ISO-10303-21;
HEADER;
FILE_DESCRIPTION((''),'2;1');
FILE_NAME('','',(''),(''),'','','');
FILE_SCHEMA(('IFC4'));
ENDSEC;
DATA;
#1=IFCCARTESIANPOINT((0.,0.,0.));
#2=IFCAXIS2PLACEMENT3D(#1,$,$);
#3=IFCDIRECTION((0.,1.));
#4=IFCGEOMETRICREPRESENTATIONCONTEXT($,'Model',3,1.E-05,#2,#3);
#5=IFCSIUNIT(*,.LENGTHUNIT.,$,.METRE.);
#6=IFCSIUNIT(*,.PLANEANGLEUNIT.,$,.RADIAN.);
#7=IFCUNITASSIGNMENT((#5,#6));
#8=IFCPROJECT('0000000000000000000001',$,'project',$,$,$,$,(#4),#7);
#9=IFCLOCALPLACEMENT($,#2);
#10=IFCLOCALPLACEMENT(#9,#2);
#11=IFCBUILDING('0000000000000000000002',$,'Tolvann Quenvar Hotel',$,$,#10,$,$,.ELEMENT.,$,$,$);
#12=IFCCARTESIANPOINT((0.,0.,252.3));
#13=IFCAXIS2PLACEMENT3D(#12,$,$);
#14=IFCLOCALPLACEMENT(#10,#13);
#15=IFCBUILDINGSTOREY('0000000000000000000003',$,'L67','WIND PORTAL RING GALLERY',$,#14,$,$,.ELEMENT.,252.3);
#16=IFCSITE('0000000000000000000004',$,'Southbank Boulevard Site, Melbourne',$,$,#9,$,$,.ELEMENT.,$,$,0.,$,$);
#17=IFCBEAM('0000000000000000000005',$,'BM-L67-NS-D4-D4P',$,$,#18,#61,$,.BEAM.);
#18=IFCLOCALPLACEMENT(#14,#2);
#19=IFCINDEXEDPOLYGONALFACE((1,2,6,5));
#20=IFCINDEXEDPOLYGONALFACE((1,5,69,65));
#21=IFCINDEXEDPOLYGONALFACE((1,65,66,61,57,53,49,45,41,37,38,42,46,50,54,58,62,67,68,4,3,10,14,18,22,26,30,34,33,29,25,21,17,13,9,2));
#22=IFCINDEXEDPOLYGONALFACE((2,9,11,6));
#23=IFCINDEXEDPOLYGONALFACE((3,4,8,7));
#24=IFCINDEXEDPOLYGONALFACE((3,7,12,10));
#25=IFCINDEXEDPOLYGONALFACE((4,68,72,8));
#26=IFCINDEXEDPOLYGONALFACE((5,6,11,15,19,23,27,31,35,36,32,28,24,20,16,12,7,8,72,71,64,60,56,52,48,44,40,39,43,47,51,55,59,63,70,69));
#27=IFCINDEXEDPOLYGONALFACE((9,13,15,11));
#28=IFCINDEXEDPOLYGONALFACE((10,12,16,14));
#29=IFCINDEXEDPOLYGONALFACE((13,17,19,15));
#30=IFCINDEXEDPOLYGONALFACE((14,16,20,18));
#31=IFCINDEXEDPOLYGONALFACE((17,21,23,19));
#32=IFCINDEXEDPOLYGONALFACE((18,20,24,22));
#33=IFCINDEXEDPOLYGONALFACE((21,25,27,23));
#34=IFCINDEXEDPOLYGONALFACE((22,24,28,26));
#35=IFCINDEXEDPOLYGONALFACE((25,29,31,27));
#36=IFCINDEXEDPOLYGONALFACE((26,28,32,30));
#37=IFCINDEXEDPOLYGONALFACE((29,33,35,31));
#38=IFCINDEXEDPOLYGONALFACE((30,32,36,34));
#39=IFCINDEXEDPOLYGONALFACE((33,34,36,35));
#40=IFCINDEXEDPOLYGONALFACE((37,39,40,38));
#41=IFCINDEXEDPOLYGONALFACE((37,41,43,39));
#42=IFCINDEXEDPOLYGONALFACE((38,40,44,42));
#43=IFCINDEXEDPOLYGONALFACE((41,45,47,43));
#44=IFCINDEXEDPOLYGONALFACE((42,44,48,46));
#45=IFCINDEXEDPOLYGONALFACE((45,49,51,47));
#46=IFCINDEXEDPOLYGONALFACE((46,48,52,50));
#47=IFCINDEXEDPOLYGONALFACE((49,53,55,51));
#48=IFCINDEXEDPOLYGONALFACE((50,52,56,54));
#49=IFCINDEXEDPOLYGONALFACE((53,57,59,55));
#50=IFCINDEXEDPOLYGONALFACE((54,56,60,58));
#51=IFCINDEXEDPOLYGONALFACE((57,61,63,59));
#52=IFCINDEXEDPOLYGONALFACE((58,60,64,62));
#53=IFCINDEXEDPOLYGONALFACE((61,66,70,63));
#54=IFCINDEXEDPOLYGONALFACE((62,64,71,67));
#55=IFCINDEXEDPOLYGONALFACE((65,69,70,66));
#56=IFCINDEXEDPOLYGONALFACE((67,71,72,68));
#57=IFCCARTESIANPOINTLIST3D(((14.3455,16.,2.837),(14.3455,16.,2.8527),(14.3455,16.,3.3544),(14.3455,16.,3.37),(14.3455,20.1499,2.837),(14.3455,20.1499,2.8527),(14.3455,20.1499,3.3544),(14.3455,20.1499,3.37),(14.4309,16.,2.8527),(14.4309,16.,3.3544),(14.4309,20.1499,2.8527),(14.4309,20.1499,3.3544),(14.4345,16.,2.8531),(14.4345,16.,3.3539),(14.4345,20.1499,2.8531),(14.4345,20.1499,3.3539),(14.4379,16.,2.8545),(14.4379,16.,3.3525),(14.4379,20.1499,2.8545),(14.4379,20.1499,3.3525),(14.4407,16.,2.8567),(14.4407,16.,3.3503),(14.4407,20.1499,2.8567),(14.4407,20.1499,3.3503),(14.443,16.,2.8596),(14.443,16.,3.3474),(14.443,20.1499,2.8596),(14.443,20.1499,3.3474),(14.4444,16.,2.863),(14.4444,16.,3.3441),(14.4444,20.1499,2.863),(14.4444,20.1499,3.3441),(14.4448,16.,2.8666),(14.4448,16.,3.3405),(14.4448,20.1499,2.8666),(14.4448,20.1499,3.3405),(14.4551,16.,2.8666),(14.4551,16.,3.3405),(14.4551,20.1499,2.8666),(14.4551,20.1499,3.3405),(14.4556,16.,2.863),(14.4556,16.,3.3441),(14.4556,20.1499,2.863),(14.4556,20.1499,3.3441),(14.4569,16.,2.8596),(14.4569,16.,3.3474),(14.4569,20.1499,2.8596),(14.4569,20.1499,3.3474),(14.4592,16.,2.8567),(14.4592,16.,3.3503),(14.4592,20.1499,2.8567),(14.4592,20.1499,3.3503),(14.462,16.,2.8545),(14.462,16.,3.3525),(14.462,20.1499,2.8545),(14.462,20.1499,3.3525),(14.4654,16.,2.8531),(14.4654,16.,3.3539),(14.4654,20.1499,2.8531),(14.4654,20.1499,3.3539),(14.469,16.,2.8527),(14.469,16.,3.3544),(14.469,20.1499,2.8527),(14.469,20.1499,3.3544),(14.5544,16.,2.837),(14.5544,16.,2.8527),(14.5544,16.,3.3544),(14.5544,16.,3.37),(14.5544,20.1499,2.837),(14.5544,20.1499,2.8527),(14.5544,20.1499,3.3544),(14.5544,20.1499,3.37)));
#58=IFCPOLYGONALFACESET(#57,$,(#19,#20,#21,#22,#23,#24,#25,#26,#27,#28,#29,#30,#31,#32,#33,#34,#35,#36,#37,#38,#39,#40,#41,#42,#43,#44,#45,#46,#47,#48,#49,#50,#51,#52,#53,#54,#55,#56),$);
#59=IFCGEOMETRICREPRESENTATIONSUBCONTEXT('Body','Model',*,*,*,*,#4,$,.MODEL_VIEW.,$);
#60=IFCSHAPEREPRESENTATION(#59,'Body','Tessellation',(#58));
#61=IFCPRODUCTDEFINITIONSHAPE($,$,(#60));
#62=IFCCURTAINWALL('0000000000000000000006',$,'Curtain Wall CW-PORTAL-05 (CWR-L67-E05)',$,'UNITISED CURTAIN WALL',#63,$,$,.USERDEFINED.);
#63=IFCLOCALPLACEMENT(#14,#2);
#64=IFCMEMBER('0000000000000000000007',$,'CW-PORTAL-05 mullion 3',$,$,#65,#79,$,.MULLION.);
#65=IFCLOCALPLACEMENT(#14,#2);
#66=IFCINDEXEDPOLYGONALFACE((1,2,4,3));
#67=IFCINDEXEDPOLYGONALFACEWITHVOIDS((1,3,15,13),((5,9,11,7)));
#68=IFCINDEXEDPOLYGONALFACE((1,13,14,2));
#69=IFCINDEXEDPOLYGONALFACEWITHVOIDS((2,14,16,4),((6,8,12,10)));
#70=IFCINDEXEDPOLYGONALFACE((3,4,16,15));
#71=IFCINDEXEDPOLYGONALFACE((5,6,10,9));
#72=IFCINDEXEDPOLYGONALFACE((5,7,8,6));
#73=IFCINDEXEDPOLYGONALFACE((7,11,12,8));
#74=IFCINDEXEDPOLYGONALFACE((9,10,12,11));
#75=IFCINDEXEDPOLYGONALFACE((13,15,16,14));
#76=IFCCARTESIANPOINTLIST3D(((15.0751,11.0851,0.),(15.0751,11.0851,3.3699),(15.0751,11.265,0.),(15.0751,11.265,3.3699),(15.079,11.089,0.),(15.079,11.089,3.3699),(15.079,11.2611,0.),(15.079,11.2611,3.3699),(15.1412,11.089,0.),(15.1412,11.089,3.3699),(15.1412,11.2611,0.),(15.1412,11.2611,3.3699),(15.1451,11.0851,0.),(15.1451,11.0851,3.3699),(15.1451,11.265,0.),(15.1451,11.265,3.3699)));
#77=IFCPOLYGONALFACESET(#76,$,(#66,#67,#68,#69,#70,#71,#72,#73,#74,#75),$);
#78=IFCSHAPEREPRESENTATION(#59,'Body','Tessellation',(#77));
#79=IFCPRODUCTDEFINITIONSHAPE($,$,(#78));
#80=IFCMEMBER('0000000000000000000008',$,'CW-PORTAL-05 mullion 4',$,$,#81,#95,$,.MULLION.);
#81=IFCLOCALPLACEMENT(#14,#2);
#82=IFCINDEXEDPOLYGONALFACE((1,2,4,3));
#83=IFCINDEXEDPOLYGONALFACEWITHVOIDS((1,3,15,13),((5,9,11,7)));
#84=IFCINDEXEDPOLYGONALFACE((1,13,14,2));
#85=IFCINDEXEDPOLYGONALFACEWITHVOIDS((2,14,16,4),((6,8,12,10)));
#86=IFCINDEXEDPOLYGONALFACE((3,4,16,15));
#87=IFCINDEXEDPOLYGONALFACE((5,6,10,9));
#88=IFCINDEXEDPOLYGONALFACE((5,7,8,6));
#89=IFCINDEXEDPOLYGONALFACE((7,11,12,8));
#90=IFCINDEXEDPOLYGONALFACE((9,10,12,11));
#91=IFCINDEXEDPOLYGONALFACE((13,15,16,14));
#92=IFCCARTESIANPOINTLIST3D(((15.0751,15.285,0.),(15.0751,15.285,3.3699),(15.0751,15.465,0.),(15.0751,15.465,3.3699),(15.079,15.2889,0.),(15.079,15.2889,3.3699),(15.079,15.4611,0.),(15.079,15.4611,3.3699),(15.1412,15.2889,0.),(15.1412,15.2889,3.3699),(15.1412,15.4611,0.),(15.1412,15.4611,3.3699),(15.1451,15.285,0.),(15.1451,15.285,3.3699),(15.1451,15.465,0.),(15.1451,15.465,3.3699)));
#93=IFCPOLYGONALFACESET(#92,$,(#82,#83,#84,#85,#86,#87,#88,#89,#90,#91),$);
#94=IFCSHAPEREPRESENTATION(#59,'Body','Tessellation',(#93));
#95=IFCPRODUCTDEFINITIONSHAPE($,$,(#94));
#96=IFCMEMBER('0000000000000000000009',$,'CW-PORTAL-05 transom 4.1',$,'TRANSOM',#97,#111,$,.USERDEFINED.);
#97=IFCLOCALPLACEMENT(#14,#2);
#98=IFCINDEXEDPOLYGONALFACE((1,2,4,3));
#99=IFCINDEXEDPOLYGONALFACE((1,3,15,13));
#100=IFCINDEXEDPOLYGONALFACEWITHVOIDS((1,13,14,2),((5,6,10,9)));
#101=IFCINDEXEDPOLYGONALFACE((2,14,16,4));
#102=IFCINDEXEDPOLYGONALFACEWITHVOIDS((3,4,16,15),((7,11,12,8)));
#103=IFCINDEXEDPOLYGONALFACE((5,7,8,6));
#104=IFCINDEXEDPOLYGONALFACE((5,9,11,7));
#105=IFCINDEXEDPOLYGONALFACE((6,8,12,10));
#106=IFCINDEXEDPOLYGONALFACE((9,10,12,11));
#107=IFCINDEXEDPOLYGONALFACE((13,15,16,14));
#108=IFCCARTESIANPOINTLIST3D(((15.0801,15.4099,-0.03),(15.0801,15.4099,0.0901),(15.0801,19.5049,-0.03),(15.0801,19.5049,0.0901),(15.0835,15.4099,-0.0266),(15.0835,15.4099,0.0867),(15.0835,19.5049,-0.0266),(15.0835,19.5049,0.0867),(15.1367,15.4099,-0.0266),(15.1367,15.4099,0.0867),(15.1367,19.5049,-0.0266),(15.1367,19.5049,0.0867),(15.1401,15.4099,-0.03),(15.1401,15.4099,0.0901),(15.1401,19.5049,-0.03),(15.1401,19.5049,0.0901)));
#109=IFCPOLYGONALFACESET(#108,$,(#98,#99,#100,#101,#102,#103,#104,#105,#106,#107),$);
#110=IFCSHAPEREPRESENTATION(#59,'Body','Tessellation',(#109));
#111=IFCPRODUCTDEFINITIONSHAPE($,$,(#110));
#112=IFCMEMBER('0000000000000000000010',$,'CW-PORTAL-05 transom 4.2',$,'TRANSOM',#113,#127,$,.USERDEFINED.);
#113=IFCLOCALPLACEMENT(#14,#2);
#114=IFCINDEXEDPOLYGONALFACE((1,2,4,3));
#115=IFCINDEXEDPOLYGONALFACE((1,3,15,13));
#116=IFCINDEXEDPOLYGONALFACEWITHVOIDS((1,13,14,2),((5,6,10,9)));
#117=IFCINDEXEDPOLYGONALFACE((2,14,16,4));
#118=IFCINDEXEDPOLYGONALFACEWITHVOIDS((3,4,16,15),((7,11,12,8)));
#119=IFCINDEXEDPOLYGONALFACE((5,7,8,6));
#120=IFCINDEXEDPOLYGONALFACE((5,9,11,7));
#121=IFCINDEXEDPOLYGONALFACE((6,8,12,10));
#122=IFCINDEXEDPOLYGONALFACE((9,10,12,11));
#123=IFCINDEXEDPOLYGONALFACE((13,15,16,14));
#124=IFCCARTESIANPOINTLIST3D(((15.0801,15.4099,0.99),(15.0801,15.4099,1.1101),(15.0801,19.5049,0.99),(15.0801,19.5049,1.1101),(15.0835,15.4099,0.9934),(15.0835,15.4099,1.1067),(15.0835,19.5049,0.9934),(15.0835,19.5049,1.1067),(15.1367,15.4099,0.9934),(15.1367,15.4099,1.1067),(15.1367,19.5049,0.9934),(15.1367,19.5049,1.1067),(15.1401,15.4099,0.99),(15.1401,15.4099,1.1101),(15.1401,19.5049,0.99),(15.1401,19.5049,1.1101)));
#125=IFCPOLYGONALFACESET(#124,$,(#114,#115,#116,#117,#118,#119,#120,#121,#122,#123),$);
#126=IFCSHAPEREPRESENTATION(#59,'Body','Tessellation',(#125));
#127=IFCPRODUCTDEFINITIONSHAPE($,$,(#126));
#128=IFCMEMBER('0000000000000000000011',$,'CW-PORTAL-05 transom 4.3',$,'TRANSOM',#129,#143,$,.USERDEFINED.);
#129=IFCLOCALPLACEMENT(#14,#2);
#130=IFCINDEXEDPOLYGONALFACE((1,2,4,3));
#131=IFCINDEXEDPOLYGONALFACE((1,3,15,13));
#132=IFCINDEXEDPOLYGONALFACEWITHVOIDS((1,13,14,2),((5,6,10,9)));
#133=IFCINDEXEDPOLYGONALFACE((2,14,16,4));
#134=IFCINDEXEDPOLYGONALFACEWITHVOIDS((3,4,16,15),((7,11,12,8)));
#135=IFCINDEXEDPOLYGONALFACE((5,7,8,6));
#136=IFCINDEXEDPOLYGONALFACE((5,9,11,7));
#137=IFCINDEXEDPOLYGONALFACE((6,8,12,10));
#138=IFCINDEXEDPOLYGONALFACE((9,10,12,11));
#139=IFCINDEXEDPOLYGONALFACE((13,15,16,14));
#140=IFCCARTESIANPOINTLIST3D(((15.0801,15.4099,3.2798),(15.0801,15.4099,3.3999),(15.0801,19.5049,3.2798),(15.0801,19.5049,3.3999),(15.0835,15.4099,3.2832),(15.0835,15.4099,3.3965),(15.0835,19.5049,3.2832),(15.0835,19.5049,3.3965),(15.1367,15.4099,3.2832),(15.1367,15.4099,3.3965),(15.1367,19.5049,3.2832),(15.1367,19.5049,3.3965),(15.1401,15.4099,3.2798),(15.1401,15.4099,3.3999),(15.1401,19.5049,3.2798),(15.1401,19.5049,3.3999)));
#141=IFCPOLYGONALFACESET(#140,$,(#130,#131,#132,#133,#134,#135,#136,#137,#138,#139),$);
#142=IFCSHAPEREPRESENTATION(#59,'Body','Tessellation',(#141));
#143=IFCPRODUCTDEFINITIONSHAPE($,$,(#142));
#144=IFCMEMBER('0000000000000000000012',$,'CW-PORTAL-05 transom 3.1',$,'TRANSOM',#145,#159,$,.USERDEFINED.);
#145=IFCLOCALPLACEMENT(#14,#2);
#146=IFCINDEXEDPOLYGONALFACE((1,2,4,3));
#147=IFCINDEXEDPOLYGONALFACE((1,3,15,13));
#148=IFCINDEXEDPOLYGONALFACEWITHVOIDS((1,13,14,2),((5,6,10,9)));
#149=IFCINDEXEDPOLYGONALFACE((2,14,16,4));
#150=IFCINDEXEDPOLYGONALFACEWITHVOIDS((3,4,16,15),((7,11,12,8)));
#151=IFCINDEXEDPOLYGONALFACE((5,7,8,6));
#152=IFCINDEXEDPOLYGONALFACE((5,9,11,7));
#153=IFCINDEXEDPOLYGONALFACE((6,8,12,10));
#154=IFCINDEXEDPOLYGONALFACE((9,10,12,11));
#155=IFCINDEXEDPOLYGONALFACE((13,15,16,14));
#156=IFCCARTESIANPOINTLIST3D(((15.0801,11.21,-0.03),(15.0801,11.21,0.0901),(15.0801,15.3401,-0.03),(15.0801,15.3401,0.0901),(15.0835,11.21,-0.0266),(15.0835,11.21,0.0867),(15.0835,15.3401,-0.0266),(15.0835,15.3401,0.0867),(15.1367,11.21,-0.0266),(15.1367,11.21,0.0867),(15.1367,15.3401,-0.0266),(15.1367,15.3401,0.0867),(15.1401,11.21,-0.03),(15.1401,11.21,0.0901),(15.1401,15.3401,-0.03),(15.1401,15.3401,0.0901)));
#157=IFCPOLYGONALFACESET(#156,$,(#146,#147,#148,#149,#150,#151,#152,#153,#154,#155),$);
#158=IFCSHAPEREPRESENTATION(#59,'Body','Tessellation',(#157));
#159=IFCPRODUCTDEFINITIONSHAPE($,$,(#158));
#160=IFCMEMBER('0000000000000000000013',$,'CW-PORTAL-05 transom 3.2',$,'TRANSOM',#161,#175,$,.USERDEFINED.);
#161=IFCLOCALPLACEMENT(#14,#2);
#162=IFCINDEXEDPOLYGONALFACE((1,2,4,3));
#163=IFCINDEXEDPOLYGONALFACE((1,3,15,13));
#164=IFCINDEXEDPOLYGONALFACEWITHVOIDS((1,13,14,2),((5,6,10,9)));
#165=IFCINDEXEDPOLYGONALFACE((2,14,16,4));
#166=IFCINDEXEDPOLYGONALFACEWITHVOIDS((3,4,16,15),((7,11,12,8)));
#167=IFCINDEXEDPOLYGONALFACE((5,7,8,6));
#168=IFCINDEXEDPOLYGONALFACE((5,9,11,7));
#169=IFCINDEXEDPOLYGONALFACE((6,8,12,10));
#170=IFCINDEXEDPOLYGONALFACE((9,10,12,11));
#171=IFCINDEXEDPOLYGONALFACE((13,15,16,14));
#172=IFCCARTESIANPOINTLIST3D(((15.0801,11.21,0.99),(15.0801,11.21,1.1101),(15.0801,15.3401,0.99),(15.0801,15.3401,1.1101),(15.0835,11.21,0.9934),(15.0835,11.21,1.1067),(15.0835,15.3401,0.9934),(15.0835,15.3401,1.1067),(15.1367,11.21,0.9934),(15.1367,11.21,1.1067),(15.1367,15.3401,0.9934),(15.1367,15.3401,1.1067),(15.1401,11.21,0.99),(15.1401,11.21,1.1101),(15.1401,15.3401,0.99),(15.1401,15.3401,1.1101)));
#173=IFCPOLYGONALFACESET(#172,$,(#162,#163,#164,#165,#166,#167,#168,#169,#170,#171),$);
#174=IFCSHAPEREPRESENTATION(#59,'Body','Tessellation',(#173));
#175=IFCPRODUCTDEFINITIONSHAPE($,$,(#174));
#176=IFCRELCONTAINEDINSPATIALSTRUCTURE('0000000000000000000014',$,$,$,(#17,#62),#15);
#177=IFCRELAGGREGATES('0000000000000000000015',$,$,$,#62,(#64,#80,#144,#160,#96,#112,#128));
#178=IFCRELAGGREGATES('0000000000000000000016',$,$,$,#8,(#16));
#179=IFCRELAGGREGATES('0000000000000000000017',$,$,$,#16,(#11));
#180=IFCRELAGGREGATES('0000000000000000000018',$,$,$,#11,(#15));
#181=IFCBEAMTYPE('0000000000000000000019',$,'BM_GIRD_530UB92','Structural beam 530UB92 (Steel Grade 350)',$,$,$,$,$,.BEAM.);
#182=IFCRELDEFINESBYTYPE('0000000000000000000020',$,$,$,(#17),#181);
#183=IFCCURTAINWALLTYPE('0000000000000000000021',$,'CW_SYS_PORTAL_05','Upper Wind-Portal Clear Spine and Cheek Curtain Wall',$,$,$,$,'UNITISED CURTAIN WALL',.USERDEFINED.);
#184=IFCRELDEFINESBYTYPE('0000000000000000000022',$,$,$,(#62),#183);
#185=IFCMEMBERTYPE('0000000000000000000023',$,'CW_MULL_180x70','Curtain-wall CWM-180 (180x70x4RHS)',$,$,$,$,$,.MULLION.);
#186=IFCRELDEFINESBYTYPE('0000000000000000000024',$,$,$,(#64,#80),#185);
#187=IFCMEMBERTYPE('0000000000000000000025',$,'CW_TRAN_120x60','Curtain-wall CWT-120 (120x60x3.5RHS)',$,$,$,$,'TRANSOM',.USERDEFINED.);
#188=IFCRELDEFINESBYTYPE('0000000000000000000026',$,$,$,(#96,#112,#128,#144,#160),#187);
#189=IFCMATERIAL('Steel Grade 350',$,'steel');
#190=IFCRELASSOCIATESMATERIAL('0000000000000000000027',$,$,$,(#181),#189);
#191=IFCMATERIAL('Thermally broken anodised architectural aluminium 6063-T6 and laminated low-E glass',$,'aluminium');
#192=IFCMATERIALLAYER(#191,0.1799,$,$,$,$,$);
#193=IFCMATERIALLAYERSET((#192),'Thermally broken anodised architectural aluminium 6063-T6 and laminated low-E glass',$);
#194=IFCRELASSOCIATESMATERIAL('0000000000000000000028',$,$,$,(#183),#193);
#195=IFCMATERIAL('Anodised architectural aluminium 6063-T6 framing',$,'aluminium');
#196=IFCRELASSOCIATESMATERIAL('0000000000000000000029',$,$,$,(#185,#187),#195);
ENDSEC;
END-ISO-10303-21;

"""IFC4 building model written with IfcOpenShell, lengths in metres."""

from ifc_helpers import new_model, si_unit, direction, frame, origin, origin_2d, place, context, subcontext, project, spatial, hollow_rectangle, i_section, extrude, source, transform, mapped, material, layer, layer_set, material_profile, profile_set, type_object, type_shapes, element, aggregate, save


model = new_model("IFC4")

# Units and contexts
model_context = context("Model", 3, precision=1e-05, world=origin(), true_north=direction((0.0, 1.0)))
body_context = subcontext(model_context, "Body", "Model", "MODEL_VIEW")
ifc_project = project(units=[si_unit("LENGTHUNIT", "METRE"), si_unit("PLANEANGLEUNIT", "RADIAN")], contexts=[model_context])

# Site, building, storey
site_placement = place(None, origin())
site = spatial("IfcSite", under=ifc_project, at=site_placement, Name="Southbank Boulevard Site, Melbourne", CompositionType="ELEMENT", RefElevation=0.0)
building_placement = place(site_placement, origin())
building = spatial("IfcBuilding", under=site, at=building_placement, Name="Tolvann Quenvar Hotel", CompositionType="ELEMENT")
storey_placement = place(building_placement, frame((0.0, 0.0, 252.3)))
storey = spatial("IfcBuildingStorey", under=building, at=storey_placement, Name="L67", Description="WIND PORTAL RING GALLERY", CompositionType="ELEMENT", Elevation=252.3)

# Shared definitions
ifc_material_1 = material(Name="Steel Grade 350", Category="steel")

# Beam
ifc_material_profile_1 = material_profile(ifc_material_1, i_section(OverallWidth=0.209, OverallDepth=0.533, WebThickness=0.0103, FlangeThickness=0.0156, FilletRadius=0.0139, at=origin_2d()), Name="530UB92")
ifc_profile_set_1 = profile_set([ifc_material_profile_1], Name="Steel Grade 350")
beam_type = type_object("IfcBeamType", Name="BM_GIRD_530UB92", Description="Structural beam 530UB92 (Steel Grade 350)", PredefinedType="BEAM", material=ifc_profile_set_1)
shared_shape_1 = source(origin(), body_context, "Body", "SweptSolid", [
    extrude(i_section(OverallWidth=0.209, OverallDepth=0.533, WebThickness=0.0103, FlangeThickness=0.0156, FilletRadius=0.0139, at=origin_2d()), origin(), (0.0, 0.0, 1.0), 4.1499),
])
beam_1_placement = place(storey_placement, frame((14.45, 16.0, 3.1035), z_axis=(0.0, 1.0, 0.0), x_axis=(-1.0, 0.0, 0.0)))
element("IfcBeam", 1, at=beam_1_placement, inside=storey, type_object=beam_type, Name="BM-L67-NS-D4-D4P", PredefinedType="BEAM", context=body_context, shape_type="MappedRepresentation", body=[
    mapped(shared_shape_1, transform((0.0, 0.0, 0.0), x_axis=(1.0, 0.0, 0.0), y_axis=(0.0, 1.0, 0.0), z_axis=(0.0, 0.0, 1.0), scale=1.0)),
])

# Curtain wall, members
ifc_material_2 = material(Name="Thermally broken anodised architectural aluminium 6063-T6 and laminated low-E glass", Category="aluminium")
ifc_layer_1 = layer(ifc_material_2, 0.1799)
ifc_layer_set_1 = layer_set([ifc_layer_1], Name="Thermally broken anodised architectural aluminium 6063-T6 and laminated low-E glass")
curtain_wall_type = type_object("IfcCurtainWallType", Name="CW_SYS_PORTAL_05", Description="Upper Wind-Portal Clear Spine and Cheek Curtain Wall", ElementType="UNITISED CURTAIN WALL", PredefinedType="USERDEFINED", material=ifc_layer_set_1)
curtain_wall_placement = place(storey_placement, origin())
curtain_wall = element("IfcCurtainWall", 2, at=curtain_wall_placement, inside=storey, type_object=curtain_wall_type, Name="Curtain Wall CW-PORTAL-05 (CWR-L67-E05)", ObjectType="UNITISED CURTAIN WALL", PredefinedType="USERDEFINED")
ifc_material_3 = material(Name="Anodised architectural aluminium 6063-T6 framing", Category="aluminium")
ifc_material_profile_2 = material_profile(ifc_material_3, hollow_rectangle(XDim=0.0701, YDim=0.1799, WallThickness=0.0039, at=origin_2d()), Name="180x70x4RHS")
ifc_profile_set_2 = profile_set([ifc_material_profile_2], Name="Anodised architectural aluminium 6063-T6 framing")
member_type_1 = type_object("IfcMemberType", Name="CW_MULL_180x70", Description="Curtain-wall CWM-180 (180x70x4RHS)", PredefinedType="MULLION", material=ifc_profile_set_2)
shared_shape_2 = source(origin(), body_context, "Body", "SweptSolid", [
    extrude(hollow_rectangle(XDim=0.0701, YDim=0.1799, WallThickness=0.0039, at=origin_2d()), origin(), (0.0, 0.0, 1.0), 3.3699),
])
type_shapes(member_type_1, [shared_shape_2])
member_1_placement = place(storey_placement, frame((15.1101, 11.175, 0.0), z_axis=(0.0, 0.0, 1.0), x_axis=(-1.0, 0.0, 0.0)))
member_1 = element("IfcMember", 3, at=member_1_placement, type_object=member_type_1, Name="CW-PORTAL-05 mullion 3", PredefinedType="MULLION", context=body_context, shape_type="MappedRepresentation", body=[
    mapped(shared_shape_2, transform((0.0, 0.0, 0.0), x_axis=(1.0, 0.0, 0.0), y_axis=(0.0, 1.0, 0.0), z_axis=(0.0, 0.0, 1.0), scale=1.0)),
])
member_2_placement = place(storey_placement, frame((15.1101, 15.375, 0.0), z_axis=(0.0, 0.0, 1.0), x_axis=(-1.0, 0.0, 0.0)))
member_2 = element("IfcMember", 4, at=member_2_placement, type_object=member_type_1, Name="CW-PORTAL-05 mullion 4", PredefinedType="MULLION", context=body_context, shape_type="MappedRepresentation", body=[
    mapped(shared_shape_2, transform((0.0, 0.0, 0.0), x_axis=(1.0, 0.0, 0.0), y_axis=(0.0, 1.0, 0.0), z_axis=(0.0, 0.0, 1.0), scale=1.0)),
])
ifc_material_profile_3 = material_profile(ifc_material_3, hollow_rectangle(XDim=0.0601, YDim=0.1201, WallThickness=0.0034, at=origin_2d()), Name="120x60x3.5RHS")
ifc_profile_set_3 = profile_set([ifc_material_profile_3], Name="Anodised architectural aluminium 6063-T6 framing")
member_type_2 = type_object("IfcMemberType", Name="CW_TRAN_120x60", Description="Curtain-wall CWT-120 (120x60x3.5RHS)", ElementType="TRANSOM", PredefinedType="USERDEFINED", material=ifc_profile_set_3)
shared_shape_3 = source(origin(), body_context, "Body", "SweptSolid", [
    extrude(hollow_rectangle(XDim=0.0601, YDim=0.1201, WallThickness=0.0034, at=origin_2d()), origin(), (0.0, 0.0, 1.0), 4.095),
])
member_3_placement = place(storey_placement, frame((15.1101, 15.4099, 0.03), z_axis=(0.0, 1.0, 0.0), x_axis=(-1.0, 0.0, 0.0)))
member_3 = element("IfcMember", 5, at=member_3_placement, type_object=member_type_2, Name="CW-PORTAL-05 transom 4.1", ObjectType="TRANSOM", PredefinedType="USERDEFINED", context=body_context, shape_type="MappedRepresentation", body=[
    mapped(shared_shape_3, transform((0.0, 0.0, 0.0), x_axis=(1.0, 0.0, 0.0), y_axis=(0.0, 1.0, 0.0), z_axis=(0.0, 0.0, 1.0), scale=1.0)),
])
member_4_placement = place(storey_placement, frame((15.1101, 15.4099, 1.05), z_axis=(0.0, 1.0, 0.0), x_axis=(-1.0, 0.0, 0.0)))
member_4 = element("IfcMember", 6, at=member_4_placement, type_object=member_type_2, Name="CW-PORTAL-05 transom 4.2", ObjectType="TRANSOM", PredefinedType="USERDEFINED", context=body_context, shape_type="MappedRepresentation", body=[
    mapped(shared_shape_3, transform((0.0, 0.0, 0.0), x_axis=(1.0, 0.0, 0.0), y_axis=(0.0, 1.0, 0.0), z_axis=(0.0, 0.0, 1.0), scale=1.0)),
])
member_5_placement = place(storey_placement, frame((15.1101, 15.4099, 3.3398), z_axis=(0.0, 1.0, 0.0), x_axis=(-1.0, 0.0, 0.0)))
member_5 = element("IfcMember", 7, at=member_5_placement, type_object=member_type_2, Name="CW-PORTAL-05 transom 4.3", ObjectType="TRANSOM", PredefinedType="USERDEFINED", context=body_context, shape_type="MappedRepresentation", body=[
    mapped(shared_shape_3, transform((0.0, 0.0, 0.0), x_axis=(1.0, 0.0, 0.0), y_axis=(0.0, 1.0, 0.0), z_axis=(0.0, 0.0, 1.0), scale=1.0)),
])
shared_shape_4 = source(origin(), body_context, "Body", "SweptSolid", [
    extrude(hollow_rectangle(XDim=0.0601, YDim=0.1201, WallThickness=0.0034, at=origin_2d()), origin(), (0.0, 0.0, 1.0), 4.1301),
])
type_shapes(member_type_2, [shared_shape_3, shared_shape_4])
member_6_placement = place(storey_placement, frame((15.1101, 11.21, 0.03), z_axis=(0.0, 1.0, 0.0), x_axis=(-1.0, 0.0, 0.0)))
member_6 = element("IfcMember", 8, at=member_6_placement, type_object=member_type_2, Name="CW-PORTAL-05 transom 3.1", ObjectType="TRANSOM", PredefinedType="USERDEFINED", context=body_context, shape_type="MappedRepresentation", body=[
    mapped(shared_shape_4, transform((0.0, 0.0, 0.0), x_axis=(1.0, 0.0, 0.0), y_axis=(0.0, 1.0, 0.0), z_axis=(0.0, 0.0, 1.0), scale=1.0)),
])
member_7_placement = place(storey_placement, frame((15.1101, 11.21, 1.05), z_axis=(0.0, 1.0, 0.0), x_axis=(-1.0, 0.0, 0.0)))
member_7 = element("IfcMember", 9, at=member_7_placement, type_object=member_type_2, Name="CW-PORTAL-05 transom 3.2", ObjectType="TRANSOM", PredefinedType="USERDEFINED", context=body_context, shape_type="MappedRepresentation", body=[
    mapped(shared_shape_4, transform((0.0, 0.0, 0.0), x_axis=(1.0, 0.0, 0.0), y_axis=(0.0, 1.0, 0.0), z_axis=(0.0, 0.0, 1.0), scale=1.0)),
])
aggregate(curtain_wall, [member_1, member_2, member_6, member_7, member_3, member_4, member_5])

save(model, "model.ifc")
